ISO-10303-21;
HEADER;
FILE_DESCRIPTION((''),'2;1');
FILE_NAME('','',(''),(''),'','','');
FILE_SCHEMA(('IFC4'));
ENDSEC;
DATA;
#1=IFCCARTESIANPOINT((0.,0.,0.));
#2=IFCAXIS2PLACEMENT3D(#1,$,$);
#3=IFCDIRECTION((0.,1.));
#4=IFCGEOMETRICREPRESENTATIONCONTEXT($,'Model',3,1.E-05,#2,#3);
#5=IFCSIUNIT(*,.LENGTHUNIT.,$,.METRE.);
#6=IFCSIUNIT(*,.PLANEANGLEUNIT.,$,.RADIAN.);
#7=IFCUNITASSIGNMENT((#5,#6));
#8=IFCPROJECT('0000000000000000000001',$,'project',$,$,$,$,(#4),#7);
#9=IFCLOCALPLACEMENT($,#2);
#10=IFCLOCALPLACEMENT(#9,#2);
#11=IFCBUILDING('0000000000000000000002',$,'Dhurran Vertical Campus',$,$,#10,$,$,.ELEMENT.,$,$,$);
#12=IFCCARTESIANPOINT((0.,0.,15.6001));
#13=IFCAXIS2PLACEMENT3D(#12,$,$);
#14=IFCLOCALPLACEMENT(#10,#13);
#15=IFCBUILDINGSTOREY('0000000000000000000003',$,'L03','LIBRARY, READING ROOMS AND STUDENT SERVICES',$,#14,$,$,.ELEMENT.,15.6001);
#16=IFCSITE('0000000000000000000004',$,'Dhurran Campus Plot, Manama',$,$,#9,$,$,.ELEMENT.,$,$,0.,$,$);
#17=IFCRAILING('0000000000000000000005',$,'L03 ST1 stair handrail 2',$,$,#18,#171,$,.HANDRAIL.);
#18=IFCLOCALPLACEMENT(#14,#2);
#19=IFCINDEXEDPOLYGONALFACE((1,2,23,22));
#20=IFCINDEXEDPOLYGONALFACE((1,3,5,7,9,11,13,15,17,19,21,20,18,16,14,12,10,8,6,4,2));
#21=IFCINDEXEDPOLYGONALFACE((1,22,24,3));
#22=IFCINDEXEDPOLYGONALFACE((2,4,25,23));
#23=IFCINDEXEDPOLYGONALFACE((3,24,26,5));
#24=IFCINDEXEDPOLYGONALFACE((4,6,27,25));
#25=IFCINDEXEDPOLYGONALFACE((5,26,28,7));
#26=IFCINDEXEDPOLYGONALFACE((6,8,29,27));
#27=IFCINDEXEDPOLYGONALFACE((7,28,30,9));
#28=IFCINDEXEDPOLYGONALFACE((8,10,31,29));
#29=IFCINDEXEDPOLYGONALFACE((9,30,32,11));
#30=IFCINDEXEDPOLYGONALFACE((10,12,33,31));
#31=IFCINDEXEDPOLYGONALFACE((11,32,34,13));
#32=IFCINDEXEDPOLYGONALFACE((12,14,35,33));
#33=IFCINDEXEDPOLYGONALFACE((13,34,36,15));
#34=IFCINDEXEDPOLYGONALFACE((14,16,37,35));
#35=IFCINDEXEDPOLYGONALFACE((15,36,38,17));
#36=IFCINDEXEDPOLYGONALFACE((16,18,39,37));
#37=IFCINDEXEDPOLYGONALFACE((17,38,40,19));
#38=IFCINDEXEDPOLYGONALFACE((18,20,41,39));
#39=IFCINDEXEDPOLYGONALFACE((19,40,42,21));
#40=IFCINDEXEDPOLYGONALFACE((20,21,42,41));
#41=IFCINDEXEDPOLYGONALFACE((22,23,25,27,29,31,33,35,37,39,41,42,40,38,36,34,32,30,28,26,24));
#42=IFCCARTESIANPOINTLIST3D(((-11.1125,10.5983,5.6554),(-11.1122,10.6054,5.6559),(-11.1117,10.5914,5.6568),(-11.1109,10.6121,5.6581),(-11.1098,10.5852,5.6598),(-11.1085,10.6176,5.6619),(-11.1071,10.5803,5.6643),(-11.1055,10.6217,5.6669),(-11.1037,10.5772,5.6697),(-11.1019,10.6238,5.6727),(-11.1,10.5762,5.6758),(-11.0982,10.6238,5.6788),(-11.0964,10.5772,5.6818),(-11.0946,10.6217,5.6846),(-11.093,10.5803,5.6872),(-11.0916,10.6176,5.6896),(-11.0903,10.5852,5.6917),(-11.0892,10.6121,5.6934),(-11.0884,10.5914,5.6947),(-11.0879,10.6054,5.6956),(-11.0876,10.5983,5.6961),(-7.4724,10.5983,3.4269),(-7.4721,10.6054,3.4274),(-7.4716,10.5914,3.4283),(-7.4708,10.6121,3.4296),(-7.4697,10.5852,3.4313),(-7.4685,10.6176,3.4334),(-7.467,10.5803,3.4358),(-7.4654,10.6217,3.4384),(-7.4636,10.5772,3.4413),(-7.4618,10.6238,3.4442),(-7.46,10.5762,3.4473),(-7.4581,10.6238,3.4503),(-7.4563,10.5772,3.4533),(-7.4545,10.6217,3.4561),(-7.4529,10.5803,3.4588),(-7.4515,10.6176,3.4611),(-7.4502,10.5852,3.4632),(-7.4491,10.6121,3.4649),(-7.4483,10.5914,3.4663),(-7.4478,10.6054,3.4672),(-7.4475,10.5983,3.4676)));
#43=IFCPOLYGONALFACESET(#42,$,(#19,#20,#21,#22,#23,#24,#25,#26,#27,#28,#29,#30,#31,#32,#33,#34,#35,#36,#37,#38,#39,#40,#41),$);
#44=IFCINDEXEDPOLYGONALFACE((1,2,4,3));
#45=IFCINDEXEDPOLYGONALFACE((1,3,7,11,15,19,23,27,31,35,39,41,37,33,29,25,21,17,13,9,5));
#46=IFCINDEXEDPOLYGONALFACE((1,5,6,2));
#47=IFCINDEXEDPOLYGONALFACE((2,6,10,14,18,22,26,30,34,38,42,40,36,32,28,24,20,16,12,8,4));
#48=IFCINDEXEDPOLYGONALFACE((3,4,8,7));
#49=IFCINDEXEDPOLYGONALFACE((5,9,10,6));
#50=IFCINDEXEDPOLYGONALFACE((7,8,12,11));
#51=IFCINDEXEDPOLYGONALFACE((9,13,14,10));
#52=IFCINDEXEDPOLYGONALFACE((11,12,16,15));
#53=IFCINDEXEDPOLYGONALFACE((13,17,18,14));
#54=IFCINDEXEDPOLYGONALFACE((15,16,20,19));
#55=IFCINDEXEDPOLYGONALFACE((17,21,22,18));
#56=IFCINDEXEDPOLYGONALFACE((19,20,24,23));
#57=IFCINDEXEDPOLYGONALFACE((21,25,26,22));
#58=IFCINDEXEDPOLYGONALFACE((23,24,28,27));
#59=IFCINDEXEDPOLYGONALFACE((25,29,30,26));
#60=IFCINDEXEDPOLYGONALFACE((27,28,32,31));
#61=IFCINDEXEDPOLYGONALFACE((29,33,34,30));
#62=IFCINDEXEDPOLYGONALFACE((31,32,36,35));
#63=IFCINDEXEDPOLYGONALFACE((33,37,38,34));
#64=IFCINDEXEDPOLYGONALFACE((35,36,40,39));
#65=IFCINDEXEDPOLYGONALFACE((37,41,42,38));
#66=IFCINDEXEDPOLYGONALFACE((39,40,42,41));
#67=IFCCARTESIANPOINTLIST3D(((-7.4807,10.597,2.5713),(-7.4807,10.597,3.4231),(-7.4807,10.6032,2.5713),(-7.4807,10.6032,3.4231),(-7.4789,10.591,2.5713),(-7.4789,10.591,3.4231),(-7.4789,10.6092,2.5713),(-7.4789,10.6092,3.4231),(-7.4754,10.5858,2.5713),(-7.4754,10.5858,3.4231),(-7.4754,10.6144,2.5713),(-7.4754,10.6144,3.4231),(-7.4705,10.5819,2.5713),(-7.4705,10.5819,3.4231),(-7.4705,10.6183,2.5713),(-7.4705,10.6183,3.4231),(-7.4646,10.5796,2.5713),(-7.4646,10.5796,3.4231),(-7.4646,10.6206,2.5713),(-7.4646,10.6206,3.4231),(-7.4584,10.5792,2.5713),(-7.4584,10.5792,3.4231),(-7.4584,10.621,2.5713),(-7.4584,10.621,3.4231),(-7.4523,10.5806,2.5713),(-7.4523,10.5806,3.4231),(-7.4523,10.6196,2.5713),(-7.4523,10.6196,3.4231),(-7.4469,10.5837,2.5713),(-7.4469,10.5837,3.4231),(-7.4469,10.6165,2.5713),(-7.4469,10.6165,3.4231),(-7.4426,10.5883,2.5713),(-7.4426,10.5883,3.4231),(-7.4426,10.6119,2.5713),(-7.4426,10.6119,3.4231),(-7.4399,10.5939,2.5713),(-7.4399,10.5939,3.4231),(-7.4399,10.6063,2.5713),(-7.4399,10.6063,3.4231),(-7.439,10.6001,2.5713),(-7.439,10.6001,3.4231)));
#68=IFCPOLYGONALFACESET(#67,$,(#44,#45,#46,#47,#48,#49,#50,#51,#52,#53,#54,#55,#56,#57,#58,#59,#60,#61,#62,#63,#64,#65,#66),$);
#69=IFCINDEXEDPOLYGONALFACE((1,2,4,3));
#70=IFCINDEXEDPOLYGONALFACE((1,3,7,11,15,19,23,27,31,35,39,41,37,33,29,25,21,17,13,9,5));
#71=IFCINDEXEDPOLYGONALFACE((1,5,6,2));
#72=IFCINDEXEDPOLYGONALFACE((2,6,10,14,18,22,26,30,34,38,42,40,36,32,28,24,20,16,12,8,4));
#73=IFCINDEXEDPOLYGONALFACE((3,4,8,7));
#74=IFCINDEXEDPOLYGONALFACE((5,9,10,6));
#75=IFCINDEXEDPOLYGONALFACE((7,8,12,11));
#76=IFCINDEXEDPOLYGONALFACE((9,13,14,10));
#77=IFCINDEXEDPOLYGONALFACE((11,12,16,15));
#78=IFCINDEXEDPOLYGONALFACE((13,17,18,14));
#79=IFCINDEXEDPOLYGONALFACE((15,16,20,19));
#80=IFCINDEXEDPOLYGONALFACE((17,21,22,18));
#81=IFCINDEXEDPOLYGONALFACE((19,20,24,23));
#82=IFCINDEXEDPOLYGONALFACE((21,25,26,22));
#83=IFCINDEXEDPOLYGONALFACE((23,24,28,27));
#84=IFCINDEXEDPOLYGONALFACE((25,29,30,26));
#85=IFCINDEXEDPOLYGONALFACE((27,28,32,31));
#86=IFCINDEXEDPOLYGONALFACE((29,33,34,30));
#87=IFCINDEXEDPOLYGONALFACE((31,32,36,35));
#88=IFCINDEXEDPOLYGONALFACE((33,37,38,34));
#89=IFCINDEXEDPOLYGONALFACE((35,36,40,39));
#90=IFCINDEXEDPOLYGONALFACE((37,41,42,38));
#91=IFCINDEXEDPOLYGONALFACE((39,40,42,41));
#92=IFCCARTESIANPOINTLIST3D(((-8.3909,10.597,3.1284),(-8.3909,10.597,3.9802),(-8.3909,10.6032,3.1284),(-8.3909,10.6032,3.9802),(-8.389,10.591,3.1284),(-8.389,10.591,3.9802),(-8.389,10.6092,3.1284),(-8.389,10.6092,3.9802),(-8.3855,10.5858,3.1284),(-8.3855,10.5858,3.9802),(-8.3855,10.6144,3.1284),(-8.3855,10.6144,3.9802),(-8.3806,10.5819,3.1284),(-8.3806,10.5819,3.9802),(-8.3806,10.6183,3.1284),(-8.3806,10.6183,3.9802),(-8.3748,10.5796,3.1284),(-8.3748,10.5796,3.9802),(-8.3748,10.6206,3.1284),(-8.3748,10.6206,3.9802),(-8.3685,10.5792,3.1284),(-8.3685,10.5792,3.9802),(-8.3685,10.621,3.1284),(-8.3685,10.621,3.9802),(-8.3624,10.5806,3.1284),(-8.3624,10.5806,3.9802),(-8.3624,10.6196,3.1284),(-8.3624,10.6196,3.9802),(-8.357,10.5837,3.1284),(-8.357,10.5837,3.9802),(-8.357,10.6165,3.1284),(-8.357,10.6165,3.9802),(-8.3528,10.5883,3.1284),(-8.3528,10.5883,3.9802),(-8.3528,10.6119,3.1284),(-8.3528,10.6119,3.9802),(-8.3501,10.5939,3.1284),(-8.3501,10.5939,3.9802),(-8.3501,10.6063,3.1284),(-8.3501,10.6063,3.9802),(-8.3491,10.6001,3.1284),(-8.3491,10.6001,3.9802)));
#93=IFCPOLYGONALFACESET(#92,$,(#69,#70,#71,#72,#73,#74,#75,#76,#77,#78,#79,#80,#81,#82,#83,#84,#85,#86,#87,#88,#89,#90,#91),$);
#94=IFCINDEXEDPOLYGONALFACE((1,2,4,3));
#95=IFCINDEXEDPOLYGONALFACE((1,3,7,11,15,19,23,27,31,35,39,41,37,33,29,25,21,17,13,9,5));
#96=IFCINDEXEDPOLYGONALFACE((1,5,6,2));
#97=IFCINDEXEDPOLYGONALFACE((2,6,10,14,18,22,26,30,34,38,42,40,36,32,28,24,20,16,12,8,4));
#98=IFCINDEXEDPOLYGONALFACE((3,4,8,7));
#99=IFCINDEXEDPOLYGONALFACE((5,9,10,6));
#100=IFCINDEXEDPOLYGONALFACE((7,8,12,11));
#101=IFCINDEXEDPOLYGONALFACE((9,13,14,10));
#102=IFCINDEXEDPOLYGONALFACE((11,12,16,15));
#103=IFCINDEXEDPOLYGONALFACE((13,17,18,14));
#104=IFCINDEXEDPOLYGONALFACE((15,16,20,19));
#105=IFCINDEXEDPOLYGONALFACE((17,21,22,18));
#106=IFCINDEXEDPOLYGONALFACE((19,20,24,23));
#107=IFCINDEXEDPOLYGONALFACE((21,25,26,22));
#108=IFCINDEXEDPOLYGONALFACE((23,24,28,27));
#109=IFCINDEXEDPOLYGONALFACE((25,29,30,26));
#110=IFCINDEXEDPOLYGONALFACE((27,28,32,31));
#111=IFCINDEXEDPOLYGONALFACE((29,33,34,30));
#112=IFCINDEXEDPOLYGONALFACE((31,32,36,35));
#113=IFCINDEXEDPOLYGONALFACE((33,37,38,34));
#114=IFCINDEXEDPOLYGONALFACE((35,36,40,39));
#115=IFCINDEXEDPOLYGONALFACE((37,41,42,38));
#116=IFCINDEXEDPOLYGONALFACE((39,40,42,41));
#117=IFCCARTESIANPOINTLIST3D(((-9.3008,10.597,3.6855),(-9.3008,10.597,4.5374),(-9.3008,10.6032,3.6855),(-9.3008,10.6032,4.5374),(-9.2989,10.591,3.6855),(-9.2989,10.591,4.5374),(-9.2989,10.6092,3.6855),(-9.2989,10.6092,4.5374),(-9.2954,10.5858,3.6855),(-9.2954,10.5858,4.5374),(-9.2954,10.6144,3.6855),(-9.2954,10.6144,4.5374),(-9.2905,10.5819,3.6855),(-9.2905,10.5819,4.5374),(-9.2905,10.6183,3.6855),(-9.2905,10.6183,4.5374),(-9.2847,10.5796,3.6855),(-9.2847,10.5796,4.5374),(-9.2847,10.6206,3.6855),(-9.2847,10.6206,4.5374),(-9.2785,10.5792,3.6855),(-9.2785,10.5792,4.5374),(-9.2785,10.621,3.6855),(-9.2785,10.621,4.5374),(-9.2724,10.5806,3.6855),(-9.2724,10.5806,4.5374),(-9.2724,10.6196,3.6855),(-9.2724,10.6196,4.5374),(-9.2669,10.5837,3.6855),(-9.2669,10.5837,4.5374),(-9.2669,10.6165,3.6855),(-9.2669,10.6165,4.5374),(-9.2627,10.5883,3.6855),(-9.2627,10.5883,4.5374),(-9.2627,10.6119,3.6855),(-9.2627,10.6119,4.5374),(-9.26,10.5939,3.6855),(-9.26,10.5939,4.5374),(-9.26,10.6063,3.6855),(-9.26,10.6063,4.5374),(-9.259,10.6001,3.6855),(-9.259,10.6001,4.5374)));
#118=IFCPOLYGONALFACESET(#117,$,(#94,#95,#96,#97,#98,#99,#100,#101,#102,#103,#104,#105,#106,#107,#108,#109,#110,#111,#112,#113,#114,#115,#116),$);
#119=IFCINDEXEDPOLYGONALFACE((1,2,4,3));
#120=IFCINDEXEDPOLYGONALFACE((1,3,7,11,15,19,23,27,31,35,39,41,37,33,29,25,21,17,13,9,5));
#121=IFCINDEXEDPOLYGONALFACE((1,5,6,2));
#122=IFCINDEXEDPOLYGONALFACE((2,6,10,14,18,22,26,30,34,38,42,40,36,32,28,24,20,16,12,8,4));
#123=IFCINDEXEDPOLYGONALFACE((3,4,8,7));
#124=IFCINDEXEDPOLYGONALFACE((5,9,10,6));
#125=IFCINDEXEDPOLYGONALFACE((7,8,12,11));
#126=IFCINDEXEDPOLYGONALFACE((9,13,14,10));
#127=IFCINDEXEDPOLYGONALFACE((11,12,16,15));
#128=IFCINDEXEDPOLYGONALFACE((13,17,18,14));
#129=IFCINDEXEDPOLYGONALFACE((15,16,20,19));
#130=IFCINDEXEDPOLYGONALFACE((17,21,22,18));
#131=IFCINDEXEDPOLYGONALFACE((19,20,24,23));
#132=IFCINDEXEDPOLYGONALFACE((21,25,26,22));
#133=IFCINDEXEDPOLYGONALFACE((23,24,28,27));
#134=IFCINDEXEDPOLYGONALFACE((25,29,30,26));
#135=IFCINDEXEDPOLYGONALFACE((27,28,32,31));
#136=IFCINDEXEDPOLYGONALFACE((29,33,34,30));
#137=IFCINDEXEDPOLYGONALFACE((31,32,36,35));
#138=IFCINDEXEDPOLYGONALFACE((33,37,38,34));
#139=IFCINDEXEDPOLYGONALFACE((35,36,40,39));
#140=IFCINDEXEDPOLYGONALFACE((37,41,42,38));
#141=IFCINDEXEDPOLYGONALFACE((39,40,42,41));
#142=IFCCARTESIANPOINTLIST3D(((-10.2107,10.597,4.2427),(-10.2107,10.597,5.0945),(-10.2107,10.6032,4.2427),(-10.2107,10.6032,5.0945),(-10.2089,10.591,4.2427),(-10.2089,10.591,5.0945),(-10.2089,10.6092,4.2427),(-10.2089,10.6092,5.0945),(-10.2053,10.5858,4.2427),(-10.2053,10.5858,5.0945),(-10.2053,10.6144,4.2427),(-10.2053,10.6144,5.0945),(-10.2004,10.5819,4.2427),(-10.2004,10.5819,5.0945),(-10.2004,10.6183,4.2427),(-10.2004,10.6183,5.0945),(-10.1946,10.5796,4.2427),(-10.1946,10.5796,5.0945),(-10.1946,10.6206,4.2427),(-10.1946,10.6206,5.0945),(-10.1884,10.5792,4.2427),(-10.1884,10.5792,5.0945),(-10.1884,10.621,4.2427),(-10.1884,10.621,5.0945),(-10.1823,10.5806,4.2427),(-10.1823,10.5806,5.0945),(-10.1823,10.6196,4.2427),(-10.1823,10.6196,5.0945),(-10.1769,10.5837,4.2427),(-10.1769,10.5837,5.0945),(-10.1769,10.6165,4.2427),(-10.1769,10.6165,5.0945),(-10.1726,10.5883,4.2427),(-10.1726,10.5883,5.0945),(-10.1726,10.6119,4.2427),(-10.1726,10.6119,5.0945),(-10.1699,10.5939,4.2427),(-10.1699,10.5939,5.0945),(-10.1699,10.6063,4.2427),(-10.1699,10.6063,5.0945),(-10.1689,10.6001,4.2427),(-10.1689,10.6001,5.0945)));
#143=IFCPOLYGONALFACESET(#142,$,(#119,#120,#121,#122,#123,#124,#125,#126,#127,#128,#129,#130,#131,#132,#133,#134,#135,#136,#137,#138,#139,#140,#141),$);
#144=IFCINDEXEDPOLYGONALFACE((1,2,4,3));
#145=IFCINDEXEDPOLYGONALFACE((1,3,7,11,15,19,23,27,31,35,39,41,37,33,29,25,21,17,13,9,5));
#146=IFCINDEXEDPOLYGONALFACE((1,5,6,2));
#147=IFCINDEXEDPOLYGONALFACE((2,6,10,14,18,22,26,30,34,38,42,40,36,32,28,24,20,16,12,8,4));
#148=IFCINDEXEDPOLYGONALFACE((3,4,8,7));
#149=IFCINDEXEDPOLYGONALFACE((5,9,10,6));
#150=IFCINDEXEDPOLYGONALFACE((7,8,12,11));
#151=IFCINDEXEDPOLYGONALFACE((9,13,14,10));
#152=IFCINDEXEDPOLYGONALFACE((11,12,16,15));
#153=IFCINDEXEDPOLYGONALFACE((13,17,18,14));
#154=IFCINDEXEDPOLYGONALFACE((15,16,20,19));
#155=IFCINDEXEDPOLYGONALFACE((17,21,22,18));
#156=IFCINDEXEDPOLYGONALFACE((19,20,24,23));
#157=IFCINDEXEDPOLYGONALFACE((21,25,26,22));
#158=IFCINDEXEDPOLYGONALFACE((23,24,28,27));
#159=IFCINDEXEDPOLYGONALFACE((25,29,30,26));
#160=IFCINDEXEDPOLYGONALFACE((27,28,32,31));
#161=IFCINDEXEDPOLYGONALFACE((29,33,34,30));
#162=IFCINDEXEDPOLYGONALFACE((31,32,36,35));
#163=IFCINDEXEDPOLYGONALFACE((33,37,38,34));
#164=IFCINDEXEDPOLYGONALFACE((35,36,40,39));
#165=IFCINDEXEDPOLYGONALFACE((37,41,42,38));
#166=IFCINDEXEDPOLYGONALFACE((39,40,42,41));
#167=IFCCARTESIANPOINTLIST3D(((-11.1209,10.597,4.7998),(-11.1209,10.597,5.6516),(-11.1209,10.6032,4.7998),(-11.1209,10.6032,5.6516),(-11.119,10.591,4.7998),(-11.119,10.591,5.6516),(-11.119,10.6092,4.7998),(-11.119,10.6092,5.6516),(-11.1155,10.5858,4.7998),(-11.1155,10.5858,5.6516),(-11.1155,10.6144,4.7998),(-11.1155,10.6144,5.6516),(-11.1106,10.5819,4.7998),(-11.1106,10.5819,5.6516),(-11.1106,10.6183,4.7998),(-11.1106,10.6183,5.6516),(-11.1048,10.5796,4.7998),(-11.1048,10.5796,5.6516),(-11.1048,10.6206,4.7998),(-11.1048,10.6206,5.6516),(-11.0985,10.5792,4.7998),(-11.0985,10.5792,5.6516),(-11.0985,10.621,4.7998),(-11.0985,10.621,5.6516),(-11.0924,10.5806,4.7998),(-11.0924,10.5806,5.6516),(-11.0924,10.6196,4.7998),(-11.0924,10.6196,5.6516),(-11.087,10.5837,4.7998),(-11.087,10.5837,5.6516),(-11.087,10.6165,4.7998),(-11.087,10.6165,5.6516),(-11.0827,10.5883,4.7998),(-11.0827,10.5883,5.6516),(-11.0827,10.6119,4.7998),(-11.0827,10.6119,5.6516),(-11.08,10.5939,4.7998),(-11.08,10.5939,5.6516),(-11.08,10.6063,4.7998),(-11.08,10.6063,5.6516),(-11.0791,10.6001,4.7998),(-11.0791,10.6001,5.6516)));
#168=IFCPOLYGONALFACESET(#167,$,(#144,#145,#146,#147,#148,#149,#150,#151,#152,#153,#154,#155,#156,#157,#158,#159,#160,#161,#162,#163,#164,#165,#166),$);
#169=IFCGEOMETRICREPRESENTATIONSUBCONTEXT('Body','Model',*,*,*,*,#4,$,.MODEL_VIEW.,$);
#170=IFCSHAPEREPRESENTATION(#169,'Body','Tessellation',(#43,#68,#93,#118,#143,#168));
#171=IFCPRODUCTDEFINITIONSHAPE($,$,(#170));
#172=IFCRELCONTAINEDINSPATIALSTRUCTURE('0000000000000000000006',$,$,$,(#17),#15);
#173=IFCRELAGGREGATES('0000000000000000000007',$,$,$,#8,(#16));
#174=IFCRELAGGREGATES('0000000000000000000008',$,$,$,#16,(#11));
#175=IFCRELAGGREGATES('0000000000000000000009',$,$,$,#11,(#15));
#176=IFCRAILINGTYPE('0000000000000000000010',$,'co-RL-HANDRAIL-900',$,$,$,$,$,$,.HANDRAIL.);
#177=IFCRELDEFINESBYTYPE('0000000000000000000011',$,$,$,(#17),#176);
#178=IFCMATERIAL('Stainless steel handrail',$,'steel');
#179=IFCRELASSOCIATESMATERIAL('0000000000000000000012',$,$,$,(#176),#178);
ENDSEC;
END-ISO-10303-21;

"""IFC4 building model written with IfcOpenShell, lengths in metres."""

from ifc_helpers import new_model, si_unit, direction, frame, origin, origin_2d, place, context, subcontext, project, spatial, circle, extrude, material, type_object, element, save


model = new_model("IFC4")

# Units and contexts
model_context = context("Model", 3, precision=1e-05, world=origin(), true_north=direction((0.0, 1.0)))
body_context = subcontext(model_context, "Body", "Model", "MODEL_VIEW")
ifc_project = project(units=[si_unit("LENGTHUNIT", "METRE"), si_unit("PLANEANGLEUNIT", "RADIAN")], contexts=[model_context])

# Site, building, storey
site_placement = place(None, origin())
site = spatial("IfcSite", under=ifc_project, at=site_placement, Name="Dhurran Campus Plot, Manama", CompositionType="ELEMENT", RefElevation=0.0)
building_placement = place(site_placement, origin())
building = spatial("IfcBuilding", under=site, at=building_placement, Name="Dhurran Vertical Campus", CompositionType="ELEMENT")
storey_placement = place(building_placement, frame((0.0, 0.0, 15.6001)))
storey = spatial("IfcBuildingStorey", under=building, at=storey_placement, Name="L03", Description="LIBRARY, READING ROOMS AND STUDENT SERVICES", CompositionType="ELEMENT", Elevation=15.6001)

# Railing
ifc_material_1 = material(Name="Stainless steel handrail", Category="steel")
railing_type_1 = type_object("IfcRailingType", Name="co-RL-HANDRAIL-900", PredefinedType="HANDRAIL", material=ifc_material_1)
railing_1_placement = place(storey_placement, frame((-7.46, 10.6001, 2.5713)))
element("IfcRailing", 1, at=railing_1_placement, inside=storey, type_object=railing_type_1, Name="L03 ST1 stair handrail 2", PredefinedType="HANDRAIL", context=body_context, shape_type="SweptSolid", body=[
    extrude(circle(Radius=0.0239, at=origin_2d()), frame((0.0, 0.0, 0.876), z_axis=(-0.852866, 0.0, 0.52213), x_axis=(0.0, -1.0, 0.0)), (0.0, 0.0, 1.0), 4.2681),
    extrude(circle(Radius=0.021, at=origin_2d()), origin(), (0.0, 0.0, 1.0), 0.8518),
    extrude(circle(Radius=0.021, at=origin_2d()), frame((-0.9102, 0.0, 0.5571)), (0.0, 0.0, 1.0), 0.8518),
    extrude(circle(Radius=0.021, at=origin_2d()), frame((-1.8201, 0.0, 1.1143)), (0.0, 0.0, 1.0), 0.8518),
    extrude(circle(Radius=0.021, at=origin_2d()), frame((-2.73, 0.0, 1.6714)), (0.0, 0.0, 1.0), 0.8518),
    extrude(circle(Radius=0.021, at=origin_2d()), frame((-3.6401, 0.0, 2.2285)), (0.0, 0.0, 1.0), 0.8518),
])

save(model, "model.ifc")
